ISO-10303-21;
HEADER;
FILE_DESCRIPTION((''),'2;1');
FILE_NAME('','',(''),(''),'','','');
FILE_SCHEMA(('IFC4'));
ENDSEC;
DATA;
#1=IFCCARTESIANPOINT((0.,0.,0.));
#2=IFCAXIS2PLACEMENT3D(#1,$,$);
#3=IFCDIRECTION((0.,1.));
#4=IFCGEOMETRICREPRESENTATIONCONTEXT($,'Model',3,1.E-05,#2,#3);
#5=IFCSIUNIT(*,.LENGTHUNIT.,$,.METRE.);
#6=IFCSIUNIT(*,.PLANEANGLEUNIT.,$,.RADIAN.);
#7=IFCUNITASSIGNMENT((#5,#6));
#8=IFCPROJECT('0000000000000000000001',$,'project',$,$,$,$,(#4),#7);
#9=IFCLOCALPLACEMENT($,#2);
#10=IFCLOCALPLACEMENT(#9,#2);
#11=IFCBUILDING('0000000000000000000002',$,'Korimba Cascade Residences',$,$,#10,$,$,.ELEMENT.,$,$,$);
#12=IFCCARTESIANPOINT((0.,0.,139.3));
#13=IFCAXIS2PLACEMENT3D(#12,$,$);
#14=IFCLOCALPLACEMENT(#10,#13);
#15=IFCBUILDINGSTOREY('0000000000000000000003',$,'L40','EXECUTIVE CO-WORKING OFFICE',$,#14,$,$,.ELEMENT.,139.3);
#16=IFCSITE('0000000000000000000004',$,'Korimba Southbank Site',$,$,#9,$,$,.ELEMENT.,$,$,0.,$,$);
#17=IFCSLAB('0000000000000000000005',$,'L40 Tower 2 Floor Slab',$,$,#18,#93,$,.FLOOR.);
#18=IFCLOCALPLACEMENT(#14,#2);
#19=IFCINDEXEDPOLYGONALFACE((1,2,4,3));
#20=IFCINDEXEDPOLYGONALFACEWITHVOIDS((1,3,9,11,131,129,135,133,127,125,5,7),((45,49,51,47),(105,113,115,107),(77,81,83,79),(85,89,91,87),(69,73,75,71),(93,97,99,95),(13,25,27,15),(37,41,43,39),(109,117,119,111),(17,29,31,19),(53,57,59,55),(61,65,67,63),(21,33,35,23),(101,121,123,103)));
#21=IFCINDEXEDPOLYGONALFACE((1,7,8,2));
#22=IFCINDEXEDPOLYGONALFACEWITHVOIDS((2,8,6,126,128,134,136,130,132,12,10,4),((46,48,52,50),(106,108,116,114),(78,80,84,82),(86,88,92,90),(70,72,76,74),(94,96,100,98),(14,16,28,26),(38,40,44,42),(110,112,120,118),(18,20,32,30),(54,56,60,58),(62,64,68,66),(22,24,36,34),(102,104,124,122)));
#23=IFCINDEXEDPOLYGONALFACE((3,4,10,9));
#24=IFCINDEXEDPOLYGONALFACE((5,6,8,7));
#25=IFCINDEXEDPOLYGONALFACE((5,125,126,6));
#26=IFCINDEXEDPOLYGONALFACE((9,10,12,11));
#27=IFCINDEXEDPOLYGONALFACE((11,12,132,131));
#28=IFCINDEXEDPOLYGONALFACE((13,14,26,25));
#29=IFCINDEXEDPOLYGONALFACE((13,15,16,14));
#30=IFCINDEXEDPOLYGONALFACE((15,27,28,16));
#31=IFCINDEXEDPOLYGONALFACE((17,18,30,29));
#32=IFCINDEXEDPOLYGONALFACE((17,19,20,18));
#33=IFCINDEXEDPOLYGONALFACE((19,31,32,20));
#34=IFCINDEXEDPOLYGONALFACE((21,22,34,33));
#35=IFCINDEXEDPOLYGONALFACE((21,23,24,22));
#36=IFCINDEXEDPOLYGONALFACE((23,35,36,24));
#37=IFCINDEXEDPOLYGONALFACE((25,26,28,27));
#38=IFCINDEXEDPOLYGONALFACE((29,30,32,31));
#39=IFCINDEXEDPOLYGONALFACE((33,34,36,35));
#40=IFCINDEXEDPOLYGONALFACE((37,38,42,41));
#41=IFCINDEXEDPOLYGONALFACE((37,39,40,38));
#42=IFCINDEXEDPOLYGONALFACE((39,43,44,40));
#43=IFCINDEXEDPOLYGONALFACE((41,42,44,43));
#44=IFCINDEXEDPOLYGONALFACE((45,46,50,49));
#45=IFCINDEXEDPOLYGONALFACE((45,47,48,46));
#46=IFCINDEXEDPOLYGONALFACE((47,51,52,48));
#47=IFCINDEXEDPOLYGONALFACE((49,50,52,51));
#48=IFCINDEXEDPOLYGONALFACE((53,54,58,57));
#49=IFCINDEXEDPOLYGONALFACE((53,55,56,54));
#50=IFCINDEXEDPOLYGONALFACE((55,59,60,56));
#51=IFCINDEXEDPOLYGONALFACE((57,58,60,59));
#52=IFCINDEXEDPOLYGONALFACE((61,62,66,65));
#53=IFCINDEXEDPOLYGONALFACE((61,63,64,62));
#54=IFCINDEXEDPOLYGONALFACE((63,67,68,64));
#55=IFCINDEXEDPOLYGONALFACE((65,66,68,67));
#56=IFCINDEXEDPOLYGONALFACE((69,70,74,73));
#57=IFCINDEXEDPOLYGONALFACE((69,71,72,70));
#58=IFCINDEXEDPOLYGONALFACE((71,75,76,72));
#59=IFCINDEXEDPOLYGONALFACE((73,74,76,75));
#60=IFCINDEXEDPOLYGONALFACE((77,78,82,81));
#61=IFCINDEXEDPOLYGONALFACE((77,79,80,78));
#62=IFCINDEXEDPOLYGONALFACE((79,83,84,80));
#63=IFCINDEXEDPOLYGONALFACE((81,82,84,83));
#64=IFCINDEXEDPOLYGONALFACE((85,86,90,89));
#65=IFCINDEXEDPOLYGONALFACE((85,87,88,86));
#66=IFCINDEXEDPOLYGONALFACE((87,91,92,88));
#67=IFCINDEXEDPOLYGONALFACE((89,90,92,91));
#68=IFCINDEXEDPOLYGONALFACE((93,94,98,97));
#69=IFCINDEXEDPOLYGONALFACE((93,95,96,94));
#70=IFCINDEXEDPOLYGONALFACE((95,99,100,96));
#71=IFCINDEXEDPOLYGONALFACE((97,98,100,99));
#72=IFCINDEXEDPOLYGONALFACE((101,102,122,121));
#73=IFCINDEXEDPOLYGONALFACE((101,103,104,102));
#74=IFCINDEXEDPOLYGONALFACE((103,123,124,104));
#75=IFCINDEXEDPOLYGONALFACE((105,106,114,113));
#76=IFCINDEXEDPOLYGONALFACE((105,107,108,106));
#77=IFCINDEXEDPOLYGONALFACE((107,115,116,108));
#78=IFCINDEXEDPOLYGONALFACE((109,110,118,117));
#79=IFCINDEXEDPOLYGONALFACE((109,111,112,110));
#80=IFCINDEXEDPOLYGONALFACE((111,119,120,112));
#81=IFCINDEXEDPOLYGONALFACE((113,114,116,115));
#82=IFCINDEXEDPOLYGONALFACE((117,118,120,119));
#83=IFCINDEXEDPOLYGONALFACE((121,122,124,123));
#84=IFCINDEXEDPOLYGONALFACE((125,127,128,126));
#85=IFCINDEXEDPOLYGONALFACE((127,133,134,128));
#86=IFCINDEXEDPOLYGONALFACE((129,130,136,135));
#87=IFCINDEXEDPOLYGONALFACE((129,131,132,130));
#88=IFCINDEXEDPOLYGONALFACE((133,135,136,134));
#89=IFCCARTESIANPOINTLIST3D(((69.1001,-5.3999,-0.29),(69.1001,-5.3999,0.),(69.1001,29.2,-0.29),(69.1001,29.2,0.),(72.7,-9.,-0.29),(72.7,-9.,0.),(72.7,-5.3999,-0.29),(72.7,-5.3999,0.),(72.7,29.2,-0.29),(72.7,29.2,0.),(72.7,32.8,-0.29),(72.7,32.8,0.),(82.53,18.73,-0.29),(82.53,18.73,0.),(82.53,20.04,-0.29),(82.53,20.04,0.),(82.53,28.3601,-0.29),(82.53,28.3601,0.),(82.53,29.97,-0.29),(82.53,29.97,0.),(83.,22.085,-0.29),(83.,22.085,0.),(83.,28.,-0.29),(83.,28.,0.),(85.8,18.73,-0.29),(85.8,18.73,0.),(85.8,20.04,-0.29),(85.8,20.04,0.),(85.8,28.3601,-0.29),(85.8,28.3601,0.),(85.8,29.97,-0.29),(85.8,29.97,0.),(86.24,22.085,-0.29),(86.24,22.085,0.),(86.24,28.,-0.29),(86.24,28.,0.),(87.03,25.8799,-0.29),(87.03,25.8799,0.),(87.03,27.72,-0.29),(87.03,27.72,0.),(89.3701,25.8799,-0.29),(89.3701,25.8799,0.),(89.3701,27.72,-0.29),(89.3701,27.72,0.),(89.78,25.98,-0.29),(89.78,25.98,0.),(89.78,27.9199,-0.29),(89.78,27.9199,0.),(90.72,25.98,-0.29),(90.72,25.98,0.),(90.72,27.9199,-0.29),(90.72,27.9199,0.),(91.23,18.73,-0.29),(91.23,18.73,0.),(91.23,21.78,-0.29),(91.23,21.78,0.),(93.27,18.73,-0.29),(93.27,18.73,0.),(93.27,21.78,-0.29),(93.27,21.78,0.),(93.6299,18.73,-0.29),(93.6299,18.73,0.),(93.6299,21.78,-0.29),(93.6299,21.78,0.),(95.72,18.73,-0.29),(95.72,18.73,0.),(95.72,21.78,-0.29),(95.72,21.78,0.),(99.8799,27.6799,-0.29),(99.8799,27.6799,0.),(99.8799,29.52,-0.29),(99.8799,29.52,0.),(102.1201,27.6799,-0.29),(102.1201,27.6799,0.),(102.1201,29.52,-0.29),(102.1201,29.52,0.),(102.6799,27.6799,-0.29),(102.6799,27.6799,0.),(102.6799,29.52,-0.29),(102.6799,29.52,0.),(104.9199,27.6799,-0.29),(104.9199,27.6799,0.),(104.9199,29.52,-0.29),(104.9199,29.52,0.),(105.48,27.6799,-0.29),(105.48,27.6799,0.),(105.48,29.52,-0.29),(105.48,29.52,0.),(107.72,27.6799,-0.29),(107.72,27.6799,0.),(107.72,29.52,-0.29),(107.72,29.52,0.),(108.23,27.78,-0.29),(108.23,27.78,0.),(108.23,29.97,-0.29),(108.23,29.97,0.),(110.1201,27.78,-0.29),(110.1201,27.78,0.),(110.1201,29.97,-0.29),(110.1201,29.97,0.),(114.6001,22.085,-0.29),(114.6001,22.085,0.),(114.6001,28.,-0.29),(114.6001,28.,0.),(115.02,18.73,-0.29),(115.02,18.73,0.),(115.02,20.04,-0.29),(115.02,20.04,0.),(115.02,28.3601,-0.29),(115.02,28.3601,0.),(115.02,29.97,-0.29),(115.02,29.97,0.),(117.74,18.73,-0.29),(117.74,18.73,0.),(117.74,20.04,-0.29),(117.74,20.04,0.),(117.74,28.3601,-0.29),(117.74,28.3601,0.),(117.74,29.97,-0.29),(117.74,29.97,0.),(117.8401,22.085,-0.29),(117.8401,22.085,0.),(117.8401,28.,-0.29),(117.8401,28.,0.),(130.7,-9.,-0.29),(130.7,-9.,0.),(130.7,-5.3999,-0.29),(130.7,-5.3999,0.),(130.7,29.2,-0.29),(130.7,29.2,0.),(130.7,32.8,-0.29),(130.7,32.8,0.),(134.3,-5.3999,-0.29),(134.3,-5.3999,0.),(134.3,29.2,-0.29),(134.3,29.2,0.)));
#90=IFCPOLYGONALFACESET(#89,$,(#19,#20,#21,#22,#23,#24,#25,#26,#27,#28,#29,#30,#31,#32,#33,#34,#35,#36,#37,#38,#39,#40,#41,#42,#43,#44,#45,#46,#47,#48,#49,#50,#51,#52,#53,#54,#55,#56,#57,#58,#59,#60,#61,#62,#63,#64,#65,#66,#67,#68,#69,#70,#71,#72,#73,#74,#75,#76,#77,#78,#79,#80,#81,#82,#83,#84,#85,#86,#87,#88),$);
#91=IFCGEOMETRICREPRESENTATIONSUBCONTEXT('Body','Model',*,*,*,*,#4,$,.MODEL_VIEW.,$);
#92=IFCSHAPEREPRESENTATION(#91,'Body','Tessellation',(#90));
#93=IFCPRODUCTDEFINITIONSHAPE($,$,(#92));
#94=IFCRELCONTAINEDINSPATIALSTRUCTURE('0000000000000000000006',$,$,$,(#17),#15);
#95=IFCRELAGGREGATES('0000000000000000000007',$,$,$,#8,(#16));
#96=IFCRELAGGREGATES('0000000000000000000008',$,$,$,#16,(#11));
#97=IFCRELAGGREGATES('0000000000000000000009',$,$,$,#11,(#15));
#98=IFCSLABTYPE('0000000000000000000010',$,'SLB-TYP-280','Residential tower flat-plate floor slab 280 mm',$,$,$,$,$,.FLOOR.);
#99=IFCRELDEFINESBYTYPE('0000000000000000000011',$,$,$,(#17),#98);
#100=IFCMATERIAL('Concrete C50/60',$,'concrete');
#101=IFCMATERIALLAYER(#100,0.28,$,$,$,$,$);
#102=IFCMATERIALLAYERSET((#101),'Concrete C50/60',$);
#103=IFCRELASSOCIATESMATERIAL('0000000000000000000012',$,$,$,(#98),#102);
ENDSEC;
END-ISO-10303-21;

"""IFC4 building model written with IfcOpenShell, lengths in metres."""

from ifc_helpers import new_model, si_unit, direction, frame, origin, place, context, subcontext, project, spatial, polyline, outline, extrude, material, layer, layer_set, type_object, element, save


model = new_model("IFC4")

# Units and contexts
model_context = context("Model", 3, precision=1e-05, world=origin(), true_north=direction((0.0, 1.0)))
body_context = subcontext(model_context, "Body", "Model", "MODEL_VIEW")
ifc_project = project(units=[si_unit("LENGTHUNIT", "METRE"), si_unit("PLANEANGLEUNIT", "RADIAN")], contexts=[model_context])

# Site, building, storey
site_placement = place(None, origin())
site = spatial("IfcSite", under=ifc_project, at=site_placement, Name="Korimba Southbank Site", CompositionType="ELEMENT", RefElevation=0.0)
building_placement = place(site_placement, origin())
building = spatial("IfcBuilding", under=site, at=building_placement, Name="Korimba Cascade Residences", CompositionType="ELEMENT")
storey_placement = place(building_placement, frame((0.0, 0.0, 139.3)))
storey = spatial("IfcBuildingStorey", under=building, at=storey_placement, Name="L40", Description="EXECUTIVE CO-WORKING OFFICE", CompositionType="ELEMENT", Elevation=139.3)

# Shared definitions
ifc_material_1 = material(Name="Concrete C50/60", Category="concrete")

# Slab
ifc_layer_1 = layer(ifc_material_1, 0.28)
ifc_layer_set_1 = layer_set([ifc_layer_1], Name="Concrete C50/60")
slab_type_1 = type_object("IfcSlabType", Name="SLB-TYP-280", Description="Residential tower flat-plate floor slab 280 mm", PredefinedType="FLOOR", material=ifc_layer_set_1)
slab_1_placement = place(storey_placement, frame((0.0, 0.0, -0.29)))
element("IfcSlab", 1, at=slab_1_placement, inside=storey, type_object=slab_type_1, Name="L40 Tower 2 Floor Slab", PredefinedType="FLOOR", context=body_context, shape_type="SweptSolid", body=[
    extrude(outline(polyline([(72.7, -9.0), (130.7, -9.0), (130.7, -5.3999), (134.3, -5.3999), (134.3, 29.2), (130.7, 29.2), (130.7, 32.8), (72.7, 32.8), (72.7, 29.2), (69.1001, 29.2), (69.1001, -5.3999), (72.7, -5.3999), (72.7, -9.0)]), holes=[polyline([(86.24, 22.085), (86.24, 28.0), (83.0, 28.0), (83.0, 22.085), (86.24, 22.085)]), polyline([(117.8401, 22.085), (117.8401, 28.0), (114.6001, 28.0), (114.6001, 22.085), (117.8401, 22.085)]), polyline([(87.03, 25.8799), (89.3701, 25.8799), (89.3701, 27.72), (87.03, 27.72), (87.03, 25.8799)]), polyline([(99.8799, 27.6799), (102.1201, 27.6799), (102.1201, 29.52), (99.8799, 29.52), (99.8799, 27.6799)]), polyline([(102.6799, 27.6799), (104.9199, 27.6799), (104.9199, 29.52), (102.6799, 29.52), (102.6799, 27.6799)]), polyline([(105.48, 27.6799), (107.72, 27.6799), (107.72, 29.52), (105.48, 29.52), (105.48, 27.6799)]), polyline([(89.78, 25.98), (90.72, 25.98), (90.72, 27.9199), (89.78, 27.9199), (89.78, 25.98)]), polyline([(82.53, 18.73), (85.8, 18.73), (85.8, 20.04), (82.53, 20.04), (82.53, 18.73)]), polyline([(82.53, 28.3601), (85.8, 28.3601), (85.8, 29.97), (82.53, 29.97), (82.53, 28.3601)]), polyline([(108.23, 27.78), (110.1201, 27.78), (110.1201, 29.97), (108.23, 29.97), (108.23, 27.78)]), polyline([(91.23, 18.73), (93.27, 18.73), (93.27, 21.78), (91.23, 21.78), (91.23, 18.73)]), polyline([(93.6299, 18.73), (95.72, 18.73), (95.72, 21.78), (93.6299, 21.78), (93.6299, 18.73)]), polyline([(115.02, 18.73), (117.74, 18.73), (117.74, 20.04), (115.02, 20.04), (115.02, 18.73)]), polyline([(115.02, 28.3601), (117.74, 28.3601), (117.74, 29.97), (115.02, 29.97), (115.02, 28.3601)])]), origin(), (0.0, 0.0, 1.0), 0.29),
])

save(model, "model.ifc")
